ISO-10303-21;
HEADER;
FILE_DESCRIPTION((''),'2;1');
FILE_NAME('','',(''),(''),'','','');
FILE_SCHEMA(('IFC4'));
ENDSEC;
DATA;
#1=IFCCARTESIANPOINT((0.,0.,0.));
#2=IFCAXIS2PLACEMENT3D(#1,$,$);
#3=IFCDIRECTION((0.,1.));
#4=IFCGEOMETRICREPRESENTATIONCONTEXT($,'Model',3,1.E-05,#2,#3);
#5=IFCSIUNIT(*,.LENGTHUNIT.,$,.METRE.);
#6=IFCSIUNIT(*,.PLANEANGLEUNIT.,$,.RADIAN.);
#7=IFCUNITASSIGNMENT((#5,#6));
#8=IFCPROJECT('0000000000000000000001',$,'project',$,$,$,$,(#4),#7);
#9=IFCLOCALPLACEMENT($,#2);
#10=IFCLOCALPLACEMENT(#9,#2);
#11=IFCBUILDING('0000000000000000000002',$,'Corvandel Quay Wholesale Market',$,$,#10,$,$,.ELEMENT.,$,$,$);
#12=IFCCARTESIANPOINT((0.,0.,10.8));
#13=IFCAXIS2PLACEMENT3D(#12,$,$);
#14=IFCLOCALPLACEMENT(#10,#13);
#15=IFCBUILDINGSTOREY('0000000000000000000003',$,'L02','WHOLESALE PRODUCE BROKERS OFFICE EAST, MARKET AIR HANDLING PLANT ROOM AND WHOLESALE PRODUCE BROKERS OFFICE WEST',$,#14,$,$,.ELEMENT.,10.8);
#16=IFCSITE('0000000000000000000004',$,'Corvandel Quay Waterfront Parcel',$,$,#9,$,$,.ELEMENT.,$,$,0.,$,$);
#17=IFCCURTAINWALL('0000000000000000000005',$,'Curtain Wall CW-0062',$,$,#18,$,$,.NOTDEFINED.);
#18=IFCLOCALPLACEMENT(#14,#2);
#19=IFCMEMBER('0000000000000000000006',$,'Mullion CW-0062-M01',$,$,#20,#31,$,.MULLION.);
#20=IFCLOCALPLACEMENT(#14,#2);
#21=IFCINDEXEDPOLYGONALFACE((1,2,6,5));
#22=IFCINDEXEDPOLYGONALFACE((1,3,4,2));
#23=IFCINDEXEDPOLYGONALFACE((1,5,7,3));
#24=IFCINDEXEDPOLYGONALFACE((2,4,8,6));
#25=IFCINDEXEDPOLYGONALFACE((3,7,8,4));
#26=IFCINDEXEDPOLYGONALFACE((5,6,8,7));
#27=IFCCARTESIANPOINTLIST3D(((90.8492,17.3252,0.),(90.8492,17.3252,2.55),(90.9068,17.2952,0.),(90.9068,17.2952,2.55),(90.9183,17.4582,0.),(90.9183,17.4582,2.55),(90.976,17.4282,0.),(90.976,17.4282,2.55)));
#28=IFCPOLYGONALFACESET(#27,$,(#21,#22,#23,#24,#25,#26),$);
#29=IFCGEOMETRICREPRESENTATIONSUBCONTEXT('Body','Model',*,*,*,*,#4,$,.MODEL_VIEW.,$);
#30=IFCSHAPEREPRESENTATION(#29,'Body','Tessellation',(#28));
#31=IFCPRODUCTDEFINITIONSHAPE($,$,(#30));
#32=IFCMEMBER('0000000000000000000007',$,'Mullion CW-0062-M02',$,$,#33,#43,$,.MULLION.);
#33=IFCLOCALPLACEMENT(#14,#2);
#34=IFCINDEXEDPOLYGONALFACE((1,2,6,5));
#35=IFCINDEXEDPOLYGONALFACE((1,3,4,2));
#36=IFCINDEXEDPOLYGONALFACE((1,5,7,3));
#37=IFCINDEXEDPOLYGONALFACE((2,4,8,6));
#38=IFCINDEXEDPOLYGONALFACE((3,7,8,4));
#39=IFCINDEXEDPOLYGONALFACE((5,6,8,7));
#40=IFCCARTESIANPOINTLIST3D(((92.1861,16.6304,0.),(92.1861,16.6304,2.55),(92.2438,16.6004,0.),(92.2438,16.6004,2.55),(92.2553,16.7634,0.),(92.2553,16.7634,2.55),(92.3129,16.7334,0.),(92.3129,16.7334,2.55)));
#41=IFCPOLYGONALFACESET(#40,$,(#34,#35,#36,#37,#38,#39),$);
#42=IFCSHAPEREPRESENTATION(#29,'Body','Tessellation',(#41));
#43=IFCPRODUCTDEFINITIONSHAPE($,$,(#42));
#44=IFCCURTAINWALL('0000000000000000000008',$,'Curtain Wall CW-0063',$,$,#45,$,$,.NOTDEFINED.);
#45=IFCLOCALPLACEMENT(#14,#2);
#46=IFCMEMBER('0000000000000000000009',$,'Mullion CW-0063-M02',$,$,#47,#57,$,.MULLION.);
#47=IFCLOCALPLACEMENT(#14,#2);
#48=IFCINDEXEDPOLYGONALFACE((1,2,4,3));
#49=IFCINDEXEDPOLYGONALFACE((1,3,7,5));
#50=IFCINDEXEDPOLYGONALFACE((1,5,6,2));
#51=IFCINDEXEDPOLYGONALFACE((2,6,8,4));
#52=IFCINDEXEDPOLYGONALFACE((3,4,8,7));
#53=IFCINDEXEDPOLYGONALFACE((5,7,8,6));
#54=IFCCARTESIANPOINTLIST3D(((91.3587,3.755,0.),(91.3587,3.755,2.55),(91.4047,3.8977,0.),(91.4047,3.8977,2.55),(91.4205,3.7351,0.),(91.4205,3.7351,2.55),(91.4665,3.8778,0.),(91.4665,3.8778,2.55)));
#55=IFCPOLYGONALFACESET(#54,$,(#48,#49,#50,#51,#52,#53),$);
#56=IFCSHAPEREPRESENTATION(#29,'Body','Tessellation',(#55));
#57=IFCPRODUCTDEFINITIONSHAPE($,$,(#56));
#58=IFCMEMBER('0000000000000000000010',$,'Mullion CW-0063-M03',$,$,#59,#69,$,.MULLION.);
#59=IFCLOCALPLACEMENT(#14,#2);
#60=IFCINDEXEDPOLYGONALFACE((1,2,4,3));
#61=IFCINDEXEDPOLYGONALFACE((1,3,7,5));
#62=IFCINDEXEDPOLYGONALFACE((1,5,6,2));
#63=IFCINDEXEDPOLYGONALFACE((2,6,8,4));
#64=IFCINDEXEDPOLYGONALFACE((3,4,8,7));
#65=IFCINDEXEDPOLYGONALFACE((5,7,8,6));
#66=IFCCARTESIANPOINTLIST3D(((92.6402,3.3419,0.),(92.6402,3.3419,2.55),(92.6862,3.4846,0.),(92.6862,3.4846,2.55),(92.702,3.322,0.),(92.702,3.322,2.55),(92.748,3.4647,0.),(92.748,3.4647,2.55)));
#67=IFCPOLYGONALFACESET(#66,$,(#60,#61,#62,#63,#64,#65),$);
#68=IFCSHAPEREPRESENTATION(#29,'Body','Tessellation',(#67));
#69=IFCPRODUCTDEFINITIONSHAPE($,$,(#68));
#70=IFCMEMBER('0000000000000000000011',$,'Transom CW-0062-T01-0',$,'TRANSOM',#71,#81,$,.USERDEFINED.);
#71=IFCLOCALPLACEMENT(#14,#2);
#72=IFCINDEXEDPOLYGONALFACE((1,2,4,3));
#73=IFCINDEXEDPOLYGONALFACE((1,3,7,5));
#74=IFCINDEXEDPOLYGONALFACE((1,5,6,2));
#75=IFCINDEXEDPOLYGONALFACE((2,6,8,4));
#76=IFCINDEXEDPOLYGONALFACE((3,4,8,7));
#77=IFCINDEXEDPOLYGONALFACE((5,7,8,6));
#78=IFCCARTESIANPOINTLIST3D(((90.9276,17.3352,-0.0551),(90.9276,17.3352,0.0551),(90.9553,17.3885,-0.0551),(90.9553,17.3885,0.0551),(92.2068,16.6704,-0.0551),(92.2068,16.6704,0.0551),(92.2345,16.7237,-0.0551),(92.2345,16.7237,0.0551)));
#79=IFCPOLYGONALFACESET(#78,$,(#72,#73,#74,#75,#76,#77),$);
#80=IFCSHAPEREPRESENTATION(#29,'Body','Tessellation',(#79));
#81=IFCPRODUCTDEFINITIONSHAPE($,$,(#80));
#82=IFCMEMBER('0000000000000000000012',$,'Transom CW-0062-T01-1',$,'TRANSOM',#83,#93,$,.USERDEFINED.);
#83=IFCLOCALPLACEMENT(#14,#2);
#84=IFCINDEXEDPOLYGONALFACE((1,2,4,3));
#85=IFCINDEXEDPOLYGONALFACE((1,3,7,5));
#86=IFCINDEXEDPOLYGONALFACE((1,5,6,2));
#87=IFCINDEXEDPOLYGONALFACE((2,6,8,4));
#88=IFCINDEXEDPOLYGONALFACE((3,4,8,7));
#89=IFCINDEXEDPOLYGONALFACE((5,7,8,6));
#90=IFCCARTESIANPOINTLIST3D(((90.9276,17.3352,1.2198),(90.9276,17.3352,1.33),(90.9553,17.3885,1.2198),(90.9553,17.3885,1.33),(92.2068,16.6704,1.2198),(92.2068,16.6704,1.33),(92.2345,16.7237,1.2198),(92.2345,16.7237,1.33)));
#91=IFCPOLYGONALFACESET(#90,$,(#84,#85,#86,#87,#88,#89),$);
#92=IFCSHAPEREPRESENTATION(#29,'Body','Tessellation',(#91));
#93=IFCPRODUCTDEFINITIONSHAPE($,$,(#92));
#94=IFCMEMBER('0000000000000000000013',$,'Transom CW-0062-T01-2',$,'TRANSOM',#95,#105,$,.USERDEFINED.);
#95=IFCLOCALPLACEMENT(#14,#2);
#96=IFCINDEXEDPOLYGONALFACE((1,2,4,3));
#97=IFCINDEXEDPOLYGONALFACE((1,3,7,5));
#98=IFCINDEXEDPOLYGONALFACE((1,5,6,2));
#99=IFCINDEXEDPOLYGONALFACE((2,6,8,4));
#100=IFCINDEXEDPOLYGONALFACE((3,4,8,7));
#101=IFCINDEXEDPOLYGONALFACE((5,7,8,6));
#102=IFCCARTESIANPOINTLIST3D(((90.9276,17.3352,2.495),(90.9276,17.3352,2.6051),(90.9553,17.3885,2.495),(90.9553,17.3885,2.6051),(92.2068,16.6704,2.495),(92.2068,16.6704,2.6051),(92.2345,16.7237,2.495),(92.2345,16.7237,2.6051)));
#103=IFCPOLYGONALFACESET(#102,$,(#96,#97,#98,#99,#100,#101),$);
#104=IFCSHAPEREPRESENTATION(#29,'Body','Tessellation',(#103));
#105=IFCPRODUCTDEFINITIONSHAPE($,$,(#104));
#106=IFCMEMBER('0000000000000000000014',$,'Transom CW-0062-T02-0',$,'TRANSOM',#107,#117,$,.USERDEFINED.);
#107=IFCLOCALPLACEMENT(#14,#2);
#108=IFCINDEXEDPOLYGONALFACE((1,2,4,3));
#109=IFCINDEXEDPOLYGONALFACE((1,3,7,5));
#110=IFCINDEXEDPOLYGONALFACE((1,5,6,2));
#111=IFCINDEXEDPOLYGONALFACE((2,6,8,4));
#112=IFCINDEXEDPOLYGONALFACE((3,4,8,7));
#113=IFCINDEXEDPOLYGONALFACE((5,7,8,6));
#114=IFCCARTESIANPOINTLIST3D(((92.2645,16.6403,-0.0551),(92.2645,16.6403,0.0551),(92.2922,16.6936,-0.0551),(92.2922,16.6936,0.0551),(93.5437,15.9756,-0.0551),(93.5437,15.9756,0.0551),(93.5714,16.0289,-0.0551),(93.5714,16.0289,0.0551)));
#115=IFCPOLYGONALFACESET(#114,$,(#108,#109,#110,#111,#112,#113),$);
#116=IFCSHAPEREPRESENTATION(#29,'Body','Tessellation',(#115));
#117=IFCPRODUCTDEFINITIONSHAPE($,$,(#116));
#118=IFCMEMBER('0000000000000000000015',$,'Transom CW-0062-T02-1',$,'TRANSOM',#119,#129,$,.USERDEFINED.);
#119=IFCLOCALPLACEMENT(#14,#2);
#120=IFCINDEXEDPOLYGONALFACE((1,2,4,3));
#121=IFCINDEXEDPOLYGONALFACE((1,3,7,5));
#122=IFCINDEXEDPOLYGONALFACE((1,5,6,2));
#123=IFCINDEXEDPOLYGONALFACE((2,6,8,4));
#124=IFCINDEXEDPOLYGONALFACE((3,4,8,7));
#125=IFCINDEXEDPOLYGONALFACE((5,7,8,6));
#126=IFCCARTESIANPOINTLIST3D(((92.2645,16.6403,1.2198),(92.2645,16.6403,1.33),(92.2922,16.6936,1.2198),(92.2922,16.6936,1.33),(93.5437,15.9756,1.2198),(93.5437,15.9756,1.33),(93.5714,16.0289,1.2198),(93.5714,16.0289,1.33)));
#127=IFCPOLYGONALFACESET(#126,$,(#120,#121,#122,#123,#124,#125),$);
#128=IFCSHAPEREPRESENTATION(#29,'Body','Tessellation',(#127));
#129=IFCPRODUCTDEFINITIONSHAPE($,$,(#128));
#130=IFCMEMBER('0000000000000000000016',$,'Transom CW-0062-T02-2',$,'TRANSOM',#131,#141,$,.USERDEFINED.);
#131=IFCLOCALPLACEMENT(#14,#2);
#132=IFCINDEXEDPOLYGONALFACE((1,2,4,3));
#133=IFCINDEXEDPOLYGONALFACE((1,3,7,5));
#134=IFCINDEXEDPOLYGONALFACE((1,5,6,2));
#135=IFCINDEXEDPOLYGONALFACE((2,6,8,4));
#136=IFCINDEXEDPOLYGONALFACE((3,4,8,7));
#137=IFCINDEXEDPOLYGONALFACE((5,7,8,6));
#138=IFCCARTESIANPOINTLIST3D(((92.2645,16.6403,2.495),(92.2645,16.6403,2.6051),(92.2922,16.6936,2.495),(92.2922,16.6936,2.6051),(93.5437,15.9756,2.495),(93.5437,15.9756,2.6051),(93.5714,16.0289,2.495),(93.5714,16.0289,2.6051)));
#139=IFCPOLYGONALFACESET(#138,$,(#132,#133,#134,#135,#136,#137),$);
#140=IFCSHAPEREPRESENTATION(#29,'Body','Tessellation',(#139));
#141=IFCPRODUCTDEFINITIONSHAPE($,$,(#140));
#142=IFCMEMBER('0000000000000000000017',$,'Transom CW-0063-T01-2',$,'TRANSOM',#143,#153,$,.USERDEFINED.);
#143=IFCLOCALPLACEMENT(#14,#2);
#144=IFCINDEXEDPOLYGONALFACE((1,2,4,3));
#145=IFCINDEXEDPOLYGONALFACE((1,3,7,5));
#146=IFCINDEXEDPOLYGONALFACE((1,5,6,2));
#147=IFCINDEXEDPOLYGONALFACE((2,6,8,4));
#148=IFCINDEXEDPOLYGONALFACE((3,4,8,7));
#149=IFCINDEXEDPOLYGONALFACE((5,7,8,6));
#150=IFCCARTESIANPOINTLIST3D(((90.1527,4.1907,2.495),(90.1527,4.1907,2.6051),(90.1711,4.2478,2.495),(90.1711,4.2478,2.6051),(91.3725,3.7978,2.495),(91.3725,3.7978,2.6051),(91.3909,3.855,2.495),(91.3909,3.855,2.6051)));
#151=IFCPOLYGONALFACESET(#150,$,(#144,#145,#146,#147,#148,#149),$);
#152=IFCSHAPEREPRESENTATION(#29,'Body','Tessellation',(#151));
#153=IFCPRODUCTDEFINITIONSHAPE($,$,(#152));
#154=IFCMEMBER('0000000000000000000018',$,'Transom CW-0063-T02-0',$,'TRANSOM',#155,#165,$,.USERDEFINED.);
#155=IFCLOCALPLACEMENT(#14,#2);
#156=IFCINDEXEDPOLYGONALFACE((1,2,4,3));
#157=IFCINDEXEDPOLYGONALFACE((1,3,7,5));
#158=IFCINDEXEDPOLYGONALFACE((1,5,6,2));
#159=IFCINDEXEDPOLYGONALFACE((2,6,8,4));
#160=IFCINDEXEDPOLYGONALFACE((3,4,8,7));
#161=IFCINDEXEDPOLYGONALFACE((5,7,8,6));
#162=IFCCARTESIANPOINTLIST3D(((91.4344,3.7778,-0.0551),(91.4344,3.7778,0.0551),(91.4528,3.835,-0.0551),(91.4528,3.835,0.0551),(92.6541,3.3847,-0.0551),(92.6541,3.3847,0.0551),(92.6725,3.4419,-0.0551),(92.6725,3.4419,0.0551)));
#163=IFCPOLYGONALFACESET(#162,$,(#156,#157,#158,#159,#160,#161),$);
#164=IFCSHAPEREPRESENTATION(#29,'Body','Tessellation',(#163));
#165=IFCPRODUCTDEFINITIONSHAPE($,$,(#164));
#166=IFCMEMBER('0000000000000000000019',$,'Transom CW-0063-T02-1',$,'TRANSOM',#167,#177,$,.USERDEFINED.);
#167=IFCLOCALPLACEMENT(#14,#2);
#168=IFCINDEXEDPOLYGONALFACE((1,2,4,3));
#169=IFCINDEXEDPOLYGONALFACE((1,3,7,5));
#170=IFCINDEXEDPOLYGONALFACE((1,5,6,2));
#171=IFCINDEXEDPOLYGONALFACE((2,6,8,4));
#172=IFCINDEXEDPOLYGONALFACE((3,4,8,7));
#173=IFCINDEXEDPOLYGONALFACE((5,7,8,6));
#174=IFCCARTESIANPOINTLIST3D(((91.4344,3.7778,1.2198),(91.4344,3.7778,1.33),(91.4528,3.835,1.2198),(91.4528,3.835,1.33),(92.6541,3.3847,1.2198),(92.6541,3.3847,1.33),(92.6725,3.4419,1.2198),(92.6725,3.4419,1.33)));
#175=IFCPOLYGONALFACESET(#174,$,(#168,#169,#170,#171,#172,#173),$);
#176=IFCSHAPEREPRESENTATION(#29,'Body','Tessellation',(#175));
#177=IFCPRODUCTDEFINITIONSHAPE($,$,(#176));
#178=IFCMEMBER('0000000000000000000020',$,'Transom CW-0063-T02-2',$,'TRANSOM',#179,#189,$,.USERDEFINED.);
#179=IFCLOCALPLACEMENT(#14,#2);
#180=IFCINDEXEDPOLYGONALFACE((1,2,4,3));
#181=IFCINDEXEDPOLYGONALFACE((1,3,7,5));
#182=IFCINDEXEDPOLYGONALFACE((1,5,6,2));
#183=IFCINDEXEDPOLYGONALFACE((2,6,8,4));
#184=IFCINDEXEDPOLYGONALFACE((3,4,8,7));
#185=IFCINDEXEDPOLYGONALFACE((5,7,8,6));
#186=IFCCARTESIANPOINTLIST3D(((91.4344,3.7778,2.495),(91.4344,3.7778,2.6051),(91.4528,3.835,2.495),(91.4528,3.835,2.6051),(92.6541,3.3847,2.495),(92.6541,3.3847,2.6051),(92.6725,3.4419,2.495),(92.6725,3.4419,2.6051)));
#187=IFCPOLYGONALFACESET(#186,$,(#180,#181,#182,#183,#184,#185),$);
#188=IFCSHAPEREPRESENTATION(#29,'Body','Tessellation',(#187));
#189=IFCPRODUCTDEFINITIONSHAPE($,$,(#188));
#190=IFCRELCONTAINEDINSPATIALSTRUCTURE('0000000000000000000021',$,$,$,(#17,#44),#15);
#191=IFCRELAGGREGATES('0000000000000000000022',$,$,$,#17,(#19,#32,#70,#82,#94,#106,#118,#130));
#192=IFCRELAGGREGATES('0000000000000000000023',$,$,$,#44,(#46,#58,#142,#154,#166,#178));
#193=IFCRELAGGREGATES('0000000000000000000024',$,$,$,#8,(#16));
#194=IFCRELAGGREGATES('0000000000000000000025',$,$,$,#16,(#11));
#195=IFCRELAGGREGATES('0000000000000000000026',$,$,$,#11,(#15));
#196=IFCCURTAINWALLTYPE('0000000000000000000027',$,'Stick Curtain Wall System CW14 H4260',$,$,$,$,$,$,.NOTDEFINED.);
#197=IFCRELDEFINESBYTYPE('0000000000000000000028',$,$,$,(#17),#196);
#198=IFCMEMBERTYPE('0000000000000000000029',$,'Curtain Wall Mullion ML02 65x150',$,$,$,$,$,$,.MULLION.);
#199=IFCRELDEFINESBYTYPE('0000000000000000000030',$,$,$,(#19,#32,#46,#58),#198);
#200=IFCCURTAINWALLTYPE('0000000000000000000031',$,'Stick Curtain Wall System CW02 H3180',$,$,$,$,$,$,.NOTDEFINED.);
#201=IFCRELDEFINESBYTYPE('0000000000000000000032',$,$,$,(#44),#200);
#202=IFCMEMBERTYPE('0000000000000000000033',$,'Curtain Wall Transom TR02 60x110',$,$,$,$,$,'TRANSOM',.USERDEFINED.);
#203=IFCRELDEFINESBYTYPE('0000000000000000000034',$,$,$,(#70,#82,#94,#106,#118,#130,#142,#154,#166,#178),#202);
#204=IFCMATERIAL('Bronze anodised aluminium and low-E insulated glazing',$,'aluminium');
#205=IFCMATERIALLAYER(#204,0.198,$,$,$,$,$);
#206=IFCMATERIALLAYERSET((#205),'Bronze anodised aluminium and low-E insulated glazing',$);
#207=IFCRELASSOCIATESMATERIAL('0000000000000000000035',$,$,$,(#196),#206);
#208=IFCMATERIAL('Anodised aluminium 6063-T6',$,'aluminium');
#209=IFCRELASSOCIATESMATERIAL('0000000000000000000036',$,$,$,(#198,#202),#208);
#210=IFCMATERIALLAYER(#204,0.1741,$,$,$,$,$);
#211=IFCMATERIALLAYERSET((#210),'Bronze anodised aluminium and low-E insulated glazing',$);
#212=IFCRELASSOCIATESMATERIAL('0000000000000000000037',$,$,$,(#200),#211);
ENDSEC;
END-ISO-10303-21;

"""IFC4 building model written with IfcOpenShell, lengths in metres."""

from ifc_helpers import new_model, si_unit, direction, frame, origin, origin_2d, place, context, subcontext, project, spatial, rectangle, extrude, material, layer, layer_set, material_profile, profile_set, type_object, element, aggregate, save


model = new_model("IFC4")

# Units and contexts
model_context = context("Model", 3, precision=1e-05, world=origin(), true_north=direction((0.0, 1.0)))
body_context = subcontext(model_context, "Body", "Model", "MODEL_VIEW")
ifc_project = project(units=[si_unit("LENGTHUNIT", "METRE"), si_unit("PLANEANGLEUNIT", "RADIAN")], contexts=[model_context])

# Site, building, storey
site_placement = place(None, origin())
site = spatial("IfcSite", under=ifc_project, at=site_placement, Name="Corvandel Quay Waterfront Parcel", CompositionType="ELEMENT", RefElevation=0.0)
building_placement = place(site_placement, origin())
building = spatial("IfcBuilding", under=site, at=building_placement, Name="Corvandel Quay Wholesale Market", CompositionType="ELEMENT")
storey_placement = place(building_placement, frame((0.0, 0.0, 10.8)))
storey = spatial("IfcBuildingStorey", under=building, at=storey_placement, Name="L02", Description="WHOLESALE PRODUCE BROKERS OFFICE EAST, MARKET AIR HANDLING PLANT ROOM AND WHOLESALE PRODUCE BROKERS OFFICE WEST", CompositionType="ELEMENT", Elevation=10.8)

# Curtain walls, members
ifc_material_1 = material(Name="Bronze anodised aluminium and low-E insulated glazing", Category="aluminium")
ifc_layer_1 = layer(ifc_material_1, 0.198)
ifc_layer_set_1 = layer_set([ifc_layer_1], Name="Bronze anodised aluminium and low-E insulated glazing")
curtain_wall_type_1 = type_object("IfcCurtainWallType", Name="Stick Curtain Wall System CW14 H4260", PredefinedType="NOTDEFINED", material=ifc_layer_set_1)
curtain_wall_1_placement = place(storey_placement, origin())
curtain_wall_1 = element("IfcCurtainWall", 1, at=curtain_wall_1_placement, inside=storey, type_object=curtain_wall_type_1, Name="Curtain Wall CW-0062", PredefinedType="NOTDEFINED")
ifc_material_2 = material(Name="Anodised aluminium 6063-T6", Category="aluminium")
ifc_material_profile_1 = material_profile(ifc_material_2, rectangle(XDim=0.0649, YDim=0.1499, at=origin_2d()), Name="ALU-MUL-65x150")
ifc_profile_set_1 = profile_set([ifc_material_profile_1], Name="Anodised aluminium 6063-T6")
member_type_1 = type_object("IfcMemberType", Name="Curtain Wall Mullion ML02 65x150", PredefinedType="MULLION", material=ifc_profile_set_1)
member_1_placement = place(storey_placement, frame((90.9126, 17.3767, 0.0), z_axis=(0.0, 0.0, 1.0), x_axis=(-0.887333, 0.461129, 0.0)))
member_1 = element("IfcMember", 2, at=member_1_placement, type_object=member_type_1, Name="Mullion CW-0062-M01", PredefinedType="MULLION", context=body_context, shape_type="SweptSolid", body=[
    extrude(rectangle(XDim=0.0649, YDim=0.1499, at=origin_2d()), origin(), (0.0, 0.0, 1.0), 2.55),
])
member_2_placement = place(storey_placement, frame((92.2495, 16.6819, 0.0), z_axis=(0.0, 0.0, 1.0), x_axis=(-0.887333, 0.461129, 0.0)))
member_2 = element("IfcMember", 3, at=member_2_placement, type_object=member_type_1, Name="Mullion CW-0062-M02", PredefinedType="MULLION", context=body_context, shape_type="SweptSolid", body=[
    extrude(rectangle(XDim=0.0649, YDim=0.1499, at=origin_2d()), origin(), (0.0, 0.0, 1.0), 2.55),
])
ifc_layer_2 = layer(ifc_material_1, 0.1741)
ifc_layer_set_2 = layer_set([ifc_layer_2], Name="Bronze anodised aluminium and low-E insulated glazing")
curtain_wall_type_2 = type_object("IfcCurtainWallType", Name="Stick Curtain Wall System CW02 H3180", PredefinedType="NOTDEFINED", material=ifc_layer_set_2)
curtain_wall_2_placement = place(storey_placement, origin())
curtain_wall_2 = element("IfcCurtainWall", 4, at=curtain_wall_2_placement, inside=storey, type_object=curtain_wall_type_2, Name="Curtain Wall CW-0063", PredefinedType="NOTDEFINED")
member_3_placement = place(storey_placement, frame((91.4126, 3.8164, 0.0), z_axis=(0.0, 0.0, 1.0), x_axis=(-0.951809, 0.306692, 0.0)))
member_3 = element("IfcMember", 5, at=member_3_placement, type_object=member_type_1, Name="Mullion CW-0063-M02", PredefinedType="MULLION", context=body_context, shape_type="SweptSolid", body=[
    extrude(rectangle(XDim=0.0649, YDim=0.1499, at=origin_2d()), origin(), (0.0, 0.0, 1.0), 2.55),
])
member_4_placement = place(storey_placement, frame((92.6941, 3.4033, 0.0), z_axis=(0.0, 0.0, 1.0), x_axis=(-0.951809, 0.306692, 0.0)))
member_4 = element("IfcMember", 6, at=member_4_placement, type_object=member_type_1, Name="Mullion CW-0063-M03", PredefinedType="MULLION", context=body_context, shape_type="SweptSolid", body=[
    extrude(rectangle(XDim=0.0649, YDim=0.1499, at=origin_2d()), origin(), (0.0, 0.0, 1.0), 2.55),
])

# Members
ifc_material_profile_2 = material_profile(ifc_material_2, rectangle(XDim=0.0601, YDim=0.1101, at=origin_2d()), Name="ALU-TRN-60x110")
ifc_profile_set_2 = profile_set([ifc_material_profile_2], Name="Anodised aluminium 6063-T6")
member_type_2 = type_object("IfcMemberType", Name="Curtain Wall Transom TR02 60x110", ElementType="TRANSOM", PredefinedType="USERDEFINED", material=ifc_profile_set_2)
member_5_placement = place(storey_placement, frame((90.9414, 17.3618, 0.0), z_axis=(0.887342, -0.461113, 0.0), x_axis=(0.461113, 0.887342, 0.0)))
member_5 = element("IfcMember", 7, at=member_5_placement, type_object=member_type_2, Name="Transom CW-0062-T01-0", ObjectType="TRANSOM", PredefinedType="USERDEFINED", context=body_context, shape_type="SweptSolid", body=[
    extrude(rectangle(XDim=0.0601, YDim=0.1101, at=origin_2d()), origin(), (0.0, 0.0, 1.0), 1.4417),
])
member_6_placement = place(storey_placement, frame((90.9414, 17.3618, 1.2749), z_axis=(0.887342, -0.461113, 0.0), x_axis=(0.461113, 0.887342, 0.0)))
member_6 = element("IfcMember", 8, at=member_6_placement, type_object=member_type_2, Name="Transom CW-0062-T01-1", ObjectType="TRANSOM", PredefinedType="USERDEFINED", context=body_context, shape_type="SweptSolid", body=[
    extrude(rectangle(XDim=0.0601, YDim=0.1101, at=origin_2d()), origin(), (0.0, 0.0, 1.0), 1.4417),
])
member_7_placement = place(storey_placement, frame((90.9414, 17.3618, 2.55), z_axis=(0.887342, -0.461113, 0.0), x_axis=(0.461113, 0.887342, 0.0)))
member_7 = element("IfcMember", 9, at=member_7_placement, type_object=member_type_2, Name="Transom CW-0062-T01-2", ObjectType="TRANSOM", PredefinedType="USERDEFINED", context=body_context, shape_type="SweptSolid", body=[
    extrude(rectangle(XDim=0.0601, YDim=0.1101, at=origin_2d()), origin(), (0.0, 0.0, 1.0), 1.4417),
])
member_8_placement = place(storey_placement, frame((92.2783, 16.667, 0.0), z_axis=(0.887342, -0.461113, 0.0), x_axis=(0.461113, 0.887342, 0.0)))
member_8 = element("IfcMember", 10, at=member_8_placement, type_object=member_type_2, Name="Transom CW-0062-T02-0", ObjectType="TRANSOM", PredefinedType="USERDEFINED", context=body_context, shape_type="SweptSolid", body=[
    extrude(rectangle(XDim=0.0601, YDim=0.1101, at=origin_2d()), origin(), (0.0, 0.0, 1.0), 1.4417),
])
member_9_placement = place(storey_placement, frame((92.2783, 16.667, 1.2749), z_axis=(0.887342, -0.461113, 0.0), x_axis=(0.461113, 0.887342, 0.0)))
member_9 = element("IfcMember", 11, at=member_9_placement, type_object=member_type_2, Name="Transom CW-0062-T02-1", ObjectType="TRANSOM", PredefinedType="USERDEFINED", context=body_context, shape_type="SweptSolid", body=[
    extrude(rectangle(XDim=0.0601, YDim=0.1101, at=origin_2d()), origin(), (0.0, 0.0, 1.0), 1.4417),
])
member_10_placement = place(storey_placement, frame((92.2783, 16.667, 2.55), z_axis=(0.887342, -0.461113, 0.0), x_axis=(0.461113, 0.887342, 0.0)))
member_10 = element("IfcMember", 12, at=member_10_placement, type_object=member_type_2, Name="Transom CW-0062-T02-2", ObjectType="TRANSOM", PredefinedType="USERDEFINED", context=body_context, shape_type="SweptSolid", body=[
    extrude(rectangle(XDim=0.0601, YDim=0.1101, at=origin_2d()), origin(), (0.0, 0.0, 1.0), 1.4417),
])
member_11_placement = place(storey_placement, frame((90.1619, 4.2192, 2.55), z_axis=(0.951854, -0.306552, 0.0), x_axis=(0.306552, 0.951854, 0.0)))
member_11 = element("IfcMember", 13, at=member_11_placement, type_object=member_type_2, Name="Transom CW-0063-T01-2", ObjectType="TRANSOM", PredefinedType="USERDEFINED", context=body_context, shape_type="SweptSolid", body=[
    extrude(rectangle(XDim=0.0601, YDim=0.1101, at=origin_2d()), origin(), (0.0, 0.0, 1.0), 1.2815),
])
member_12_placement = place(storey_placement, frame((91.4436, 3.8064, 0.0), z_axis=(0.951798, -0.306724, 0.0), x_axis=(0.306724, 0.951798, 0.0)))
member_12 = element("IfcMember", 14, at=member_12_placement, type_object=member_type_2, Name="Transom CW-0063-T02-0", ObjectType="TRANSOM", PredefinedType="USERDEFINED", context=body_context, shape_type="SweptSolid", body=[
    extrude(rectangle(XDim=0.0601, YDim=0.1101, at=origin_2d()), origin(), (0.0, 0.0, 1.0), 1.2815),
])
member_13_placement = place(storey_placement, frame((91.4436, 3.8064, 1.2749), z_axis=(0.951798, -0.306724, 0.0), x_axis=(0.306724, 0.951798, 0.0)))
member_13 = element("IfcMember", 15, at=member_13_placement, type_object=member_type_2, Name="Transom CW-0063-T02-1", ObjectType="TRANSOM", PredefinedType="USERDEFINED", context=body_context, shape_type="SweptSolid", body=[
    extrude(rectangle(XDim=0.0601, YDim=0.1101, at=origin_2d()), origin(), (0.0, 0.0, 1.0), 1.2815),
])
member_14_placement = place(storey_placement, frame((91.4436, 3.8064, 2.55), z_axis=(0.951798, -0.306724, 0.0), x_axis=(0.306724, 0.951798, 0.0)))
member_14 = element("IfcMember", 16, at=member_14_placement, type_object=member_type_2, Name="Transom CW-0063-T02-2", ObjectType="TRANSOM", PredefinedType="USERDEFINED", context=body_context, shape_type="SweptSolid", body=[
    extrude(rectangle(XDim=0.0601, YDim=0.1101, at=origin_2d()), origin(), (0.0, 0.0, 1.0), 1.2815),
])

aggregate(curtain_wall_1, [member_1, member_2, member_5, member_6, member_7, member_8, member_9, member_10])
aggregate(curtain_wall_2, [member_3, member_4, member_11, member_12, member_13, member_14])

save(model, "model.ifc")
